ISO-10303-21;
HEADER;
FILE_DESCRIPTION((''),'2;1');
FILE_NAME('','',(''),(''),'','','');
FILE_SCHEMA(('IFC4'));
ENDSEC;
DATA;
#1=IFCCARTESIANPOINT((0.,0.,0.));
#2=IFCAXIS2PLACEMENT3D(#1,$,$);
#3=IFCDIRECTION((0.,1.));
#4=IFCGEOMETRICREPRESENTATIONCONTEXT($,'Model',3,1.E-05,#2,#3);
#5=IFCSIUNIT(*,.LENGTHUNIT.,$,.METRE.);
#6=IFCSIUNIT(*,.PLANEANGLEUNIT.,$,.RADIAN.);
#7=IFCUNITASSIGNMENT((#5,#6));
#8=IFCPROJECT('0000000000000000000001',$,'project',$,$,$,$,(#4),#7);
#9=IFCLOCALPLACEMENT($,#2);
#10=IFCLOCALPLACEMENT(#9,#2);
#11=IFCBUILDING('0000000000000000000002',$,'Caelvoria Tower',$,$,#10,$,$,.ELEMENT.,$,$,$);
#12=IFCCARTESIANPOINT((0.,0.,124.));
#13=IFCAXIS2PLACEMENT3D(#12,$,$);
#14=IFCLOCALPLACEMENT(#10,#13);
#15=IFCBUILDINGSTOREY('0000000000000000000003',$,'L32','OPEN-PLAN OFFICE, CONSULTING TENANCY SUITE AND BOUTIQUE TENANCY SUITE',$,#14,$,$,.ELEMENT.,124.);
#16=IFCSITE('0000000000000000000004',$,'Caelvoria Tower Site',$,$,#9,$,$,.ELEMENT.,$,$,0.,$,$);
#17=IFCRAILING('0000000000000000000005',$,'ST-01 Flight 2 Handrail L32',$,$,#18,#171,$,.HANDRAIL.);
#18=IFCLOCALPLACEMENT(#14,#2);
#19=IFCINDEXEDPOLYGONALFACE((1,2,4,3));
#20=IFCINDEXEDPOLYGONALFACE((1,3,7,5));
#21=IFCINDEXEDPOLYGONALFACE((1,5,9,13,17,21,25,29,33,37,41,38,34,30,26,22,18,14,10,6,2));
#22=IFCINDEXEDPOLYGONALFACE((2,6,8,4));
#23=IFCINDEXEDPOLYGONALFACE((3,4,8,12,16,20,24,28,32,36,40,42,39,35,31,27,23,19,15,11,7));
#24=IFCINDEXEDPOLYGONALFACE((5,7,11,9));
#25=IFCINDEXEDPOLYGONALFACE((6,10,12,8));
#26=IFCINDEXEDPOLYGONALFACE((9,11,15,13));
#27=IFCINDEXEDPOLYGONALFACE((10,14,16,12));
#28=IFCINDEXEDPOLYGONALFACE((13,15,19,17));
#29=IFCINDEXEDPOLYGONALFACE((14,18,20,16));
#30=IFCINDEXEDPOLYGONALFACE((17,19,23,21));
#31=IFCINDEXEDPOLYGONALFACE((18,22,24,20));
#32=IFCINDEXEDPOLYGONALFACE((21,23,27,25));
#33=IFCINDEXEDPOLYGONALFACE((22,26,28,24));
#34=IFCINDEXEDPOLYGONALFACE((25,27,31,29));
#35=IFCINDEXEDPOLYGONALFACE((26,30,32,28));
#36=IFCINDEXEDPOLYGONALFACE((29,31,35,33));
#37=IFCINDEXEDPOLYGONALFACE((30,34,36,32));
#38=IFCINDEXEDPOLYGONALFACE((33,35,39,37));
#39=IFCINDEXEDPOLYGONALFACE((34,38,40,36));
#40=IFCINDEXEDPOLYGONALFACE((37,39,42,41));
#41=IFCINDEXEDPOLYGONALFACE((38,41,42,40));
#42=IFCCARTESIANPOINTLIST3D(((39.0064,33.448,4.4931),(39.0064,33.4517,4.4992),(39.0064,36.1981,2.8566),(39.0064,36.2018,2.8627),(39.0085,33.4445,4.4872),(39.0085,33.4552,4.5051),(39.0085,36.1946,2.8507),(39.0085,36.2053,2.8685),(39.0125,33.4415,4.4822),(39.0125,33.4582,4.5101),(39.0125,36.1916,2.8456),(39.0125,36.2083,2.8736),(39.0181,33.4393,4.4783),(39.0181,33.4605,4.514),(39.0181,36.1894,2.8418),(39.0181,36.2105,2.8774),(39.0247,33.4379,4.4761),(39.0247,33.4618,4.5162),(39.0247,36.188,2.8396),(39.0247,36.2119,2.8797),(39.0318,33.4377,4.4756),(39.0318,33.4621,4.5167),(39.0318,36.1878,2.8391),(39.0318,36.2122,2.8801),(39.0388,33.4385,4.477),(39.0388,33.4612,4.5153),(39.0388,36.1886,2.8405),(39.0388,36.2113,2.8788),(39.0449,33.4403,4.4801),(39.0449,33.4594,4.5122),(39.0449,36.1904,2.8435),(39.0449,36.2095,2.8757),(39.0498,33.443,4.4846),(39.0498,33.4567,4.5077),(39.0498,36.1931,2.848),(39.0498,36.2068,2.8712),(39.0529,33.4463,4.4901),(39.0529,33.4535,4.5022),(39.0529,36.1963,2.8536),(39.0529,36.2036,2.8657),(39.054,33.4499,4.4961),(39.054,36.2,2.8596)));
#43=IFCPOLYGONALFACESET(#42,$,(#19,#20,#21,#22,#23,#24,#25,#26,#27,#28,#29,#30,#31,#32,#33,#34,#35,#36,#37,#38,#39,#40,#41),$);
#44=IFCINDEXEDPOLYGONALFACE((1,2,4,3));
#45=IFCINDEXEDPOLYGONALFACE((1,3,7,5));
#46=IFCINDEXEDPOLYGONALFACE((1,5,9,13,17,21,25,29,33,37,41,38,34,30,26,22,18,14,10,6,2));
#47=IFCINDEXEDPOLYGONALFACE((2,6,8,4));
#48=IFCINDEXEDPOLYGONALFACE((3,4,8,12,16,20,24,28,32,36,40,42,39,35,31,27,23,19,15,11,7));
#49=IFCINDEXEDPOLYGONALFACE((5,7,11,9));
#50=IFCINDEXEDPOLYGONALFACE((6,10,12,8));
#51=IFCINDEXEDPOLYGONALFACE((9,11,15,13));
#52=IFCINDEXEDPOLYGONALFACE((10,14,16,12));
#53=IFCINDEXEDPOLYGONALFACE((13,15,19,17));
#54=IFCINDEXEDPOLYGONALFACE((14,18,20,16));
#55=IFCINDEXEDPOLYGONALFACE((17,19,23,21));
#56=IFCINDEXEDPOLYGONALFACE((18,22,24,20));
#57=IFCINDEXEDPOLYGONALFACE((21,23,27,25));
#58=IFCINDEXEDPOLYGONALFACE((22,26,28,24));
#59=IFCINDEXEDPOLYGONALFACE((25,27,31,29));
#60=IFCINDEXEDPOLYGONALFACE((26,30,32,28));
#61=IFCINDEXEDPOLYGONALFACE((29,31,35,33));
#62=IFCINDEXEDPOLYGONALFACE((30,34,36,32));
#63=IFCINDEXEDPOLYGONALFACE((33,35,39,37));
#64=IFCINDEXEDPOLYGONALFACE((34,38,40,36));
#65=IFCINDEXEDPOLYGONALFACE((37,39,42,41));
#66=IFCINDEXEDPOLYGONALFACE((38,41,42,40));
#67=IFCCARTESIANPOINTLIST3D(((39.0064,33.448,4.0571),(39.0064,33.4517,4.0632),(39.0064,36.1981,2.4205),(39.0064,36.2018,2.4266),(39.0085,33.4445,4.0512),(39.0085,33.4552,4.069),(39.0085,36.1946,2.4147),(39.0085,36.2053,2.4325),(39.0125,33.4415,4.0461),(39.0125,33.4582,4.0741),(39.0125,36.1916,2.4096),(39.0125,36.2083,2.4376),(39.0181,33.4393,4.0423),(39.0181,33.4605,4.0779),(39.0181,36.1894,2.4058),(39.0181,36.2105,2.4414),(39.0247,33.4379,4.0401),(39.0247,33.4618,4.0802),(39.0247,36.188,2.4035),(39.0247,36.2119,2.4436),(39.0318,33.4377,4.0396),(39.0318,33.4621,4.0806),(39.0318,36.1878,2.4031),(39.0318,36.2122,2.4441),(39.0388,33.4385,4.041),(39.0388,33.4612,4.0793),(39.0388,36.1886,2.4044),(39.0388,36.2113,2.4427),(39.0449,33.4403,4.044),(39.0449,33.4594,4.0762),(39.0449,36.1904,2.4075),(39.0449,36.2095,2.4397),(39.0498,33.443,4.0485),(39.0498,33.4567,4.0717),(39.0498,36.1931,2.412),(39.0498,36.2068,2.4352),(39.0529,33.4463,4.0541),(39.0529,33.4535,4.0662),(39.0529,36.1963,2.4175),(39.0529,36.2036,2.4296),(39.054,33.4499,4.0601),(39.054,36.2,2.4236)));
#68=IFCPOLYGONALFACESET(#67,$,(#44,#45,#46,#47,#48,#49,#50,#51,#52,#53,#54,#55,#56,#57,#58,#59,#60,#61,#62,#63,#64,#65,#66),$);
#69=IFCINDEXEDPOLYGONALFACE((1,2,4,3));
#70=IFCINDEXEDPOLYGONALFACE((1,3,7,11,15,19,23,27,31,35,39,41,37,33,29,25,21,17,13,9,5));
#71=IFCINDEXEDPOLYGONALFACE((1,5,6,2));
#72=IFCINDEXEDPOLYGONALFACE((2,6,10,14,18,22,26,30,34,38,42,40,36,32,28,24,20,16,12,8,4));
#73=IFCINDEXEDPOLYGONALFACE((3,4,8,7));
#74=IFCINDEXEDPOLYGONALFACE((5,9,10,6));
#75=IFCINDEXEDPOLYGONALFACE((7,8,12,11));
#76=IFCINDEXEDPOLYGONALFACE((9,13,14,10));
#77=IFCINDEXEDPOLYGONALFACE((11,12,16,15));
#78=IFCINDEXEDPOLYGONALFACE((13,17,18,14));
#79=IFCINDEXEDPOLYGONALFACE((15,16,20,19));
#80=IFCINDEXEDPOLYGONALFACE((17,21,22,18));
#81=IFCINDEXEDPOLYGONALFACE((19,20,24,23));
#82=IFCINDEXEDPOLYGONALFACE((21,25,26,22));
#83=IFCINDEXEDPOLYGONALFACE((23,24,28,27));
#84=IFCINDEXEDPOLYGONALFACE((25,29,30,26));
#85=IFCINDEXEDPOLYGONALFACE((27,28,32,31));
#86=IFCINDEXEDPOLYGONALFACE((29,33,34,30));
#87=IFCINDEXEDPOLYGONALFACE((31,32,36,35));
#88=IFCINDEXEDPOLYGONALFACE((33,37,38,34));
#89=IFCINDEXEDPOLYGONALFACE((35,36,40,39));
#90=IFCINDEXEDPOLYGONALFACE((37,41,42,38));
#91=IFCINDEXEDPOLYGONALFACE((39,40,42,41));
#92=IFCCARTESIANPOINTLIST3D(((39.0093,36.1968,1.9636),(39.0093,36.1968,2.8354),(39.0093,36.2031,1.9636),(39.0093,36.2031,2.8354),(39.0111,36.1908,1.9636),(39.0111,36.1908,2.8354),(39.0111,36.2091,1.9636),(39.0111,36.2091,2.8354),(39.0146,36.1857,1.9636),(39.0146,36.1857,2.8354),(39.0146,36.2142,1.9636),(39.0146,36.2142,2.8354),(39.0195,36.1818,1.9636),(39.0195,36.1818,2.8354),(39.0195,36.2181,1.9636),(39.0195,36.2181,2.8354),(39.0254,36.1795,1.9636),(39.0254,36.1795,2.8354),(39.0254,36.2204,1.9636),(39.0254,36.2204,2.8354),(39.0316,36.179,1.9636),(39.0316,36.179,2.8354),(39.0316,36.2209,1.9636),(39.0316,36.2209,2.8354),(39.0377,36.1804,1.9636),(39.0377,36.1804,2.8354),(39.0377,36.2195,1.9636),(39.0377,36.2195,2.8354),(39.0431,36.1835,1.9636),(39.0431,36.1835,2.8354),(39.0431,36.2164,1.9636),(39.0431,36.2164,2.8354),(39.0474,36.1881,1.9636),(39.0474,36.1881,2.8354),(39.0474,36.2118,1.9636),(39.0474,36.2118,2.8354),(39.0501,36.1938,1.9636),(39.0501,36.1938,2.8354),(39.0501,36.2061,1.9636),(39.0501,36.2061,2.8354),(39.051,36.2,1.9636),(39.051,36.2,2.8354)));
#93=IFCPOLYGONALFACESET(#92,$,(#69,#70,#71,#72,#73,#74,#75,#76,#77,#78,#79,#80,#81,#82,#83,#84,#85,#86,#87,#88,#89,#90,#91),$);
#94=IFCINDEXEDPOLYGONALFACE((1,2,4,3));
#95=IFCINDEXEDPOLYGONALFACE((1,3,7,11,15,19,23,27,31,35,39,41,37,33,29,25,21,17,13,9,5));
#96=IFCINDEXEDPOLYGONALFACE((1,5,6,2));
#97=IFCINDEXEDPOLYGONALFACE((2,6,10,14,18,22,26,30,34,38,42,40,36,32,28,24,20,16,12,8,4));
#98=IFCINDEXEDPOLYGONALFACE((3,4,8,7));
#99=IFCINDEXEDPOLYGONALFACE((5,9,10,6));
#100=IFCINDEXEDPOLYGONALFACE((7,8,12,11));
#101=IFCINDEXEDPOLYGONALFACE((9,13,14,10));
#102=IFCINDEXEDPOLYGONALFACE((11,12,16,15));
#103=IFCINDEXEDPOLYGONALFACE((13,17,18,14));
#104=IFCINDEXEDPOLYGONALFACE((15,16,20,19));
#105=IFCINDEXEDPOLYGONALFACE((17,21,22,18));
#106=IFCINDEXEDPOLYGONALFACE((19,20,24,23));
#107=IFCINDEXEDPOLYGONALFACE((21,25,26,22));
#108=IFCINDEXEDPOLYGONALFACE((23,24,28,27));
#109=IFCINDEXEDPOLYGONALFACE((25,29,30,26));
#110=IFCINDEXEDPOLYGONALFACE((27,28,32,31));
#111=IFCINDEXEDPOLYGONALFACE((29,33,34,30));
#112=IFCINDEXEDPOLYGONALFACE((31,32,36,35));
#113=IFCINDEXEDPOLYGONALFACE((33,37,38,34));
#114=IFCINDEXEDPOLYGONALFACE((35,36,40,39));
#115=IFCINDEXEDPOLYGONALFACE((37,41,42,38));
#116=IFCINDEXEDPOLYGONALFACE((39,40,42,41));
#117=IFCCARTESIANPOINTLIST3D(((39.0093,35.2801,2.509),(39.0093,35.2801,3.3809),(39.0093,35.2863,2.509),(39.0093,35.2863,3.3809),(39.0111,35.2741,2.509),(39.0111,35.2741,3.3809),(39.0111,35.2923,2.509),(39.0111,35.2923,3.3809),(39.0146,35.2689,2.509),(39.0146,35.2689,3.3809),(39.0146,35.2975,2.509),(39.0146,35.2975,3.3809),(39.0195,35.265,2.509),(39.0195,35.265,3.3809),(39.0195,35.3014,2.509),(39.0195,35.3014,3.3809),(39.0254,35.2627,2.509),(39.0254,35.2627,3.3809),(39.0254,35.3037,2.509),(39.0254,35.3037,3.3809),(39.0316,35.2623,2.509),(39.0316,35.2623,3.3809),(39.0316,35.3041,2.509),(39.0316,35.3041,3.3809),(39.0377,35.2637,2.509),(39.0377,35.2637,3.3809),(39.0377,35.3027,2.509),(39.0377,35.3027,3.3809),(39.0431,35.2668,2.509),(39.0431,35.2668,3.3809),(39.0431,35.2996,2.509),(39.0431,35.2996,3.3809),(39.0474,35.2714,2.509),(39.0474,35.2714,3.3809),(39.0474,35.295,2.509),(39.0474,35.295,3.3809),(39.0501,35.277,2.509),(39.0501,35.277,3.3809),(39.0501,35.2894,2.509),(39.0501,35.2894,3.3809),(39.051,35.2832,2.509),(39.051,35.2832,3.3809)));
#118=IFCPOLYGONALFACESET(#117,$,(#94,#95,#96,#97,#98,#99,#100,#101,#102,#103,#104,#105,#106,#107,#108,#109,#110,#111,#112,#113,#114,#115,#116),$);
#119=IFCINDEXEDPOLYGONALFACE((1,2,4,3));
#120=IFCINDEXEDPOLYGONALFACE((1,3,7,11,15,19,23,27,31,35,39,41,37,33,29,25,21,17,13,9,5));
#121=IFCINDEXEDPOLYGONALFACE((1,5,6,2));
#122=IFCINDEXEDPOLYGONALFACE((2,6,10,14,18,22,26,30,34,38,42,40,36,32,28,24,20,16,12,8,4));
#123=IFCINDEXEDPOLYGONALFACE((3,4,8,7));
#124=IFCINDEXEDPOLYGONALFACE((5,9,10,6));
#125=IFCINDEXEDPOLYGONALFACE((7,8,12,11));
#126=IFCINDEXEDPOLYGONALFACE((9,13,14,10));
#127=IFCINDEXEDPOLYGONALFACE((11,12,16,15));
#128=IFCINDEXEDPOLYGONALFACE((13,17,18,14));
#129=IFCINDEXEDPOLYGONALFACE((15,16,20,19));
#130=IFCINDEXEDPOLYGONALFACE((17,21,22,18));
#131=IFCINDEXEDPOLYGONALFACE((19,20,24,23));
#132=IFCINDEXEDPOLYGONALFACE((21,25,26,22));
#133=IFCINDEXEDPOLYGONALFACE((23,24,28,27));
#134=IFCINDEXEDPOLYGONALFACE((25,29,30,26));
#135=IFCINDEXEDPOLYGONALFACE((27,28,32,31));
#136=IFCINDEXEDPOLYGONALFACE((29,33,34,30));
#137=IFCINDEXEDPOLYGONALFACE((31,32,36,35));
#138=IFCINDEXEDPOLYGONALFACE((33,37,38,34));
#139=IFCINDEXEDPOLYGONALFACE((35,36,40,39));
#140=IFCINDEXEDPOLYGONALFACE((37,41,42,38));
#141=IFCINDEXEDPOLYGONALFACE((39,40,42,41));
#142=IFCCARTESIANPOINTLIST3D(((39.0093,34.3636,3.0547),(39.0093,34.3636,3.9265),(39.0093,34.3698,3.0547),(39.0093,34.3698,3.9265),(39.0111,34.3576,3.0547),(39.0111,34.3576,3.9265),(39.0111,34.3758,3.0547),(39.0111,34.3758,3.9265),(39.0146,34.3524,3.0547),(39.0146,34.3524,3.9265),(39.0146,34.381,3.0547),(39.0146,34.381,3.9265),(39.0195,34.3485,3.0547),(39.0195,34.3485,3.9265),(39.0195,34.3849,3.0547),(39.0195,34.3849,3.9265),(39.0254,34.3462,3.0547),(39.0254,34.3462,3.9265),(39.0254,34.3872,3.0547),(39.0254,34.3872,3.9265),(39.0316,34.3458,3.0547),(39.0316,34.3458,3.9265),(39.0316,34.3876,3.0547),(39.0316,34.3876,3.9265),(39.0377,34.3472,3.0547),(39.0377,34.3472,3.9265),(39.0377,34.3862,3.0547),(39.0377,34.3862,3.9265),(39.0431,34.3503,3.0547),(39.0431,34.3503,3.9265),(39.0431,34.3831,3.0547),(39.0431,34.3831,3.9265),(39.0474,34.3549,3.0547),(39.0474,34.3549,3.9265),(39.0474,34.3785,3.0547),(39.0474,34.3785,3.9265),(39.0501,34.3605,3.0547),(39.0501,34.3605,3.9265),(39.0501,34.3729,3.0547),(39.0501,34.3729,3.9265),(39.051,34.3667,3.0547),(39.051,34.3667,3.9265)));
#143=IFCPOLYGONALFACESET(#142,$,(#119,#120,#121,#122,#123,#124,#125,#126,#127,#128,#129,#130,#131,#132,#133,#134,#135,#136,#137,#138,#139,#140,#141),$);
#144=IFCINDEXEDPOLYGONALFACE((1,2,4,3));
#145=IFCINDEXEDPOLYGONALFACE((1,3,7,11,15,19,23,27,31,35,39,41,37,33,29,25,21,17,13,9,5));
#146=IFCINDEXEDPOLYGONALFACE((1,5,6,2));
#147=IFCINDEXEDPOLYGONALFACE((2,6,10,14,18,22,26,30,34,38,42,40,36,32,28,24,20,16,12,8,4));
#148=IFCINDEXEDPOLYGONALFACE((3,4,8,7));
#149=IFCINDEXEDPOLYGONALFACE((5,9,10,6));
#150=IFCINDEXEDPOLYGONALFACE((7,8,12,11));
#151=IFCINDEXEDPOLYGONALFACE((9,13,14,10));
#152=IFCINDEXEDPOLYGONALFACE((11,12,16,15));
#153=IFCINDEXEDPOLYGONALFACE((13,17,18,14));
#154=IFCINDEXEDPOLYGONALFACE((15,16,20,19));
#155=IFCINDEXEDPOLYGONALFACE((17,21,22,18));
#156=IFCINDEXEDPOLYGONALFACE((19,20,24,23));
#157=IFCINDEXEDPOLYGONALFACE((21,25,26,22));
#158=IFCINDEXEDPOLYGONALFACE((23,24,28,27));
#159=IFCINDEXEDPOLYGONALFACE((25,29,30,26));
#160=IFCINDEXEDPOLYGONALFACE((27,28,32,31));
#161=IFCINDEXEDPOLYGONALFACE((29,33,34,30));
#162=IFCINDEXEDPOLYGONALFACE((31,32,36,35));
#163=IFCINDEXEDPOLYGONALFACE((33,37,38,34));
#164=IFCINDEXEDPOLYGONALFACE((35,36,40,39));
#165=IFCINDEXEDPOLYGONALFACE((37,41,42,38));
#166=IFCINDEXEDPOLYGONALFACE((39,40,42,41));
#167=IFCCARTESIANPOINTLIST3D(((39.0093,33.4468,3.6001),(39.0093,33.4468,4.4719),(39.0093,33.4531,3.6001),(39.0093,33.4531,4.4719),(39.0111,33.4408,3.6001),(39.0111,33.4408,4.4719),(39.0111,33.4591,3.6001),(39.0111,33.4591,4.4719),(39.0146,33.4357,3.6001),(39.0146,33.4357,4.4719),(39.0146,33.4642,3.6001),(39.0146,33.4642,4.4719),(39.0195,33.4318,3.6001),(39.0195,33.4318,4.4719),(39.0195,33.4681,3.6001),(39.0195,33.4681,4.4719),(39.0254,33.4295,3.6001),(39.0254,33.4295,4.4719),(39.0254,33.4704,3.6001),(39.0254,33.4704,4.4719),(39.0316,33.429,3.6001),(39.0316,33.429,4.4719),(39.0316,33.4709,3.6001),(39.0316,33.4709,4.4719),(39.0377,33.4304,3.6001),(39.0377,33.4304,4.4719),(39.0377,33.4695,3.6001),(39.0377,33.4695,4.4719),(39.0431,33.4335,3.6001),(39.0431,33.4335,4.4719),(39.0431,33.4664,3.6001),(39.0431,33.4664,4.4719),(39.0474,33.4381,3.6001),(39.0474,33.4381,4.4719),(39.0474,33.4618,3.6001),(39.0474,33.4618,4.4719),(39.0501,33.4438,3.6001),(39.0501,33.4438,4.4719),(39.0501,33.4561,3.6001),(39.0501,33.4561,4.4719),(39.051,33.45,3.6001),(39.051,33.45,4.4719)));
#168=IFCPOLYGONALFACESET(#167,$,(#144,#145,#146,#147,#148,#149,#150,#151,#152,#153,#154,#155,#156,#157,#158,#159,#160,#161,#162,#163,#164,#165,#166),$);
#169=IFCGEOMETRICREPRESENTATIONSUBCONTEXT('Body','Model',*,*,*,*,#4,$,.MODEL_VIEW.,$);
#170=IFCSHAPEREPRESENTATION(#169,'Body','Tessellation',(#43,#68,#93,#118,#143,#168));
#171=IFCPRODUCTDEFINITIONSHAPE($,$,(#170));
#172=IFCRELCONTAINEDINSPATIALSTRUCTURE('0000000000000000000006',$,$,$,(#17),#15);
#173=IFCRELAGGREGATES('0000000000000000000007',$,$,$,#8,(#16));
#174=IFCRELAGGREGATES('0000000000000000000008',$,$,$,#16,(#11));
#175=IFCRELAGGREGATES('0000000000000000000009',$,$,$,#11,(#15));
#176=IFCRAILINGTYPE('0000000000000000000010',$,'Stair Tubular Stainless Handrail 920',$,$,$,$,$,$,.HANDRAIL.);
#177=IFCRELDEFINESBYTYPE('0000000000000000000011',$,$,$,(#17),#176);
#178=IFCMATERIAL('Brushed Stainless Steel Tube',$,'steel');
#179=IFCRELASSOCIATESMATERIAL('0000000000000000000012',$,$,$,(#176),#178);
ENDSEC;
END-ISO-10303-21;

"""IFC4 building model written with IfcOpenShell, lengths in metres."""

from ifc_helpers import new_model, si_unit, direction, frame, origin, origin_2d, place, context, subcontext, project, spatial, circle, extrude, material, type_object, element, save


model = new_model("IFC4")

# Units and contexts
model_context = context("Model", 3, precision=1e-05, world=origin(), true_north=direction((0.0, 1.0)))
body_context = subcontext(model_context, "Body", "Model", "MODEL_VIEW")
ifc_project = project(units=[si_unit("LENGTHUNIT", "METRE"), si_unit("PLANEANGLEUNIT", "RADIAN")], contexts=[model_context])

# Site, building, storey
site_placement = place(None, origin())
site = spatial("IfcSite", under=ifc_project, at=site_placement, Name="Caelvoria Tower Site", CompositionType="ELEMENT", RefElevation=0.0)
building_placement = place(site_placement, origin())
building = spatial("IfcBuilding", under=site, at=building_placement, Name="Caelvoria Tower", CompositionType="ELEMENT")
storey_placement = place(building_placement, frame((0.0, 0.0, 124.0)))
storey = spatial("IfcBuildingStorey", under=building, at=storey_placement, Name="L32", Description="OPEN-PLAN OFFICE, CONSULTING TENANCY SUITE AND BOUTIQUE TENANCY SUITE", CompositionType="ELEMENT", Elevation=124.0)

# Railing
ifc_material_1 = material(Name="Brushed Stainless Steel Tube", Category="steel")
railing_type_1 = type_object("IfcRailingType", Name="Stair Tubular Stainless Handrail 920", PredefinedType="HANDRAIL", material=ifc_material_1)
railing_1_placement = place(storey_placement, frame((39.03, 36.2, 1.9636)))
element("IfcRailing", 1, at=railing_1_placement, inside=storey, type_object=railing_type_1, Name="ST-01 Flight 2 Handrail L32", PredefinedType="HANDRAIL", context=body_context, shape_type="SweptSolid", body=[
    extrude(circle(Radius=0.0239, at=origin_2d()), frame((0.0, 0.0, 0.896), z_axis=(0.0, -0.859352, 0.511385), x_axis=(1.0, 0.0, 0.0)), (0.0, 0.0, 1.0), 3.2002),
    extrude(circle(Radius=0.0239, at=origin_2d()), frame((0.0, 0.0, 0.46), z_axis=(0.0, -0.859352, 0.511385), x_axis=(1.0, 0.0, 0.0)), (0.0, 0.0, 1.0), 3.2002),
    extrude(circle(Radius=0.021, at=origin_2d()), origin(), (0.0, 0.0, 1.0), 0.8718),
    extrude(circle(Radius=0.021, at=origin_2d()), frame((0.0, -0.9167, 0.5454)), (0.0, 0.0, 1.0), 0.8718),
    extrude(circle(Radius=0.021, at=origin_2d()), frame((0.0, -1.8333, 1.0911)), (0.0, 0.0, 1.0), 0.8718),
    extrude(circle(Radius=0.021, at=origin_2d()), frame((0.0, -2.75, 1.6365)), (0.0, 0.0, 1.0), 0.8718),
])

save(model, "model.ifc")
